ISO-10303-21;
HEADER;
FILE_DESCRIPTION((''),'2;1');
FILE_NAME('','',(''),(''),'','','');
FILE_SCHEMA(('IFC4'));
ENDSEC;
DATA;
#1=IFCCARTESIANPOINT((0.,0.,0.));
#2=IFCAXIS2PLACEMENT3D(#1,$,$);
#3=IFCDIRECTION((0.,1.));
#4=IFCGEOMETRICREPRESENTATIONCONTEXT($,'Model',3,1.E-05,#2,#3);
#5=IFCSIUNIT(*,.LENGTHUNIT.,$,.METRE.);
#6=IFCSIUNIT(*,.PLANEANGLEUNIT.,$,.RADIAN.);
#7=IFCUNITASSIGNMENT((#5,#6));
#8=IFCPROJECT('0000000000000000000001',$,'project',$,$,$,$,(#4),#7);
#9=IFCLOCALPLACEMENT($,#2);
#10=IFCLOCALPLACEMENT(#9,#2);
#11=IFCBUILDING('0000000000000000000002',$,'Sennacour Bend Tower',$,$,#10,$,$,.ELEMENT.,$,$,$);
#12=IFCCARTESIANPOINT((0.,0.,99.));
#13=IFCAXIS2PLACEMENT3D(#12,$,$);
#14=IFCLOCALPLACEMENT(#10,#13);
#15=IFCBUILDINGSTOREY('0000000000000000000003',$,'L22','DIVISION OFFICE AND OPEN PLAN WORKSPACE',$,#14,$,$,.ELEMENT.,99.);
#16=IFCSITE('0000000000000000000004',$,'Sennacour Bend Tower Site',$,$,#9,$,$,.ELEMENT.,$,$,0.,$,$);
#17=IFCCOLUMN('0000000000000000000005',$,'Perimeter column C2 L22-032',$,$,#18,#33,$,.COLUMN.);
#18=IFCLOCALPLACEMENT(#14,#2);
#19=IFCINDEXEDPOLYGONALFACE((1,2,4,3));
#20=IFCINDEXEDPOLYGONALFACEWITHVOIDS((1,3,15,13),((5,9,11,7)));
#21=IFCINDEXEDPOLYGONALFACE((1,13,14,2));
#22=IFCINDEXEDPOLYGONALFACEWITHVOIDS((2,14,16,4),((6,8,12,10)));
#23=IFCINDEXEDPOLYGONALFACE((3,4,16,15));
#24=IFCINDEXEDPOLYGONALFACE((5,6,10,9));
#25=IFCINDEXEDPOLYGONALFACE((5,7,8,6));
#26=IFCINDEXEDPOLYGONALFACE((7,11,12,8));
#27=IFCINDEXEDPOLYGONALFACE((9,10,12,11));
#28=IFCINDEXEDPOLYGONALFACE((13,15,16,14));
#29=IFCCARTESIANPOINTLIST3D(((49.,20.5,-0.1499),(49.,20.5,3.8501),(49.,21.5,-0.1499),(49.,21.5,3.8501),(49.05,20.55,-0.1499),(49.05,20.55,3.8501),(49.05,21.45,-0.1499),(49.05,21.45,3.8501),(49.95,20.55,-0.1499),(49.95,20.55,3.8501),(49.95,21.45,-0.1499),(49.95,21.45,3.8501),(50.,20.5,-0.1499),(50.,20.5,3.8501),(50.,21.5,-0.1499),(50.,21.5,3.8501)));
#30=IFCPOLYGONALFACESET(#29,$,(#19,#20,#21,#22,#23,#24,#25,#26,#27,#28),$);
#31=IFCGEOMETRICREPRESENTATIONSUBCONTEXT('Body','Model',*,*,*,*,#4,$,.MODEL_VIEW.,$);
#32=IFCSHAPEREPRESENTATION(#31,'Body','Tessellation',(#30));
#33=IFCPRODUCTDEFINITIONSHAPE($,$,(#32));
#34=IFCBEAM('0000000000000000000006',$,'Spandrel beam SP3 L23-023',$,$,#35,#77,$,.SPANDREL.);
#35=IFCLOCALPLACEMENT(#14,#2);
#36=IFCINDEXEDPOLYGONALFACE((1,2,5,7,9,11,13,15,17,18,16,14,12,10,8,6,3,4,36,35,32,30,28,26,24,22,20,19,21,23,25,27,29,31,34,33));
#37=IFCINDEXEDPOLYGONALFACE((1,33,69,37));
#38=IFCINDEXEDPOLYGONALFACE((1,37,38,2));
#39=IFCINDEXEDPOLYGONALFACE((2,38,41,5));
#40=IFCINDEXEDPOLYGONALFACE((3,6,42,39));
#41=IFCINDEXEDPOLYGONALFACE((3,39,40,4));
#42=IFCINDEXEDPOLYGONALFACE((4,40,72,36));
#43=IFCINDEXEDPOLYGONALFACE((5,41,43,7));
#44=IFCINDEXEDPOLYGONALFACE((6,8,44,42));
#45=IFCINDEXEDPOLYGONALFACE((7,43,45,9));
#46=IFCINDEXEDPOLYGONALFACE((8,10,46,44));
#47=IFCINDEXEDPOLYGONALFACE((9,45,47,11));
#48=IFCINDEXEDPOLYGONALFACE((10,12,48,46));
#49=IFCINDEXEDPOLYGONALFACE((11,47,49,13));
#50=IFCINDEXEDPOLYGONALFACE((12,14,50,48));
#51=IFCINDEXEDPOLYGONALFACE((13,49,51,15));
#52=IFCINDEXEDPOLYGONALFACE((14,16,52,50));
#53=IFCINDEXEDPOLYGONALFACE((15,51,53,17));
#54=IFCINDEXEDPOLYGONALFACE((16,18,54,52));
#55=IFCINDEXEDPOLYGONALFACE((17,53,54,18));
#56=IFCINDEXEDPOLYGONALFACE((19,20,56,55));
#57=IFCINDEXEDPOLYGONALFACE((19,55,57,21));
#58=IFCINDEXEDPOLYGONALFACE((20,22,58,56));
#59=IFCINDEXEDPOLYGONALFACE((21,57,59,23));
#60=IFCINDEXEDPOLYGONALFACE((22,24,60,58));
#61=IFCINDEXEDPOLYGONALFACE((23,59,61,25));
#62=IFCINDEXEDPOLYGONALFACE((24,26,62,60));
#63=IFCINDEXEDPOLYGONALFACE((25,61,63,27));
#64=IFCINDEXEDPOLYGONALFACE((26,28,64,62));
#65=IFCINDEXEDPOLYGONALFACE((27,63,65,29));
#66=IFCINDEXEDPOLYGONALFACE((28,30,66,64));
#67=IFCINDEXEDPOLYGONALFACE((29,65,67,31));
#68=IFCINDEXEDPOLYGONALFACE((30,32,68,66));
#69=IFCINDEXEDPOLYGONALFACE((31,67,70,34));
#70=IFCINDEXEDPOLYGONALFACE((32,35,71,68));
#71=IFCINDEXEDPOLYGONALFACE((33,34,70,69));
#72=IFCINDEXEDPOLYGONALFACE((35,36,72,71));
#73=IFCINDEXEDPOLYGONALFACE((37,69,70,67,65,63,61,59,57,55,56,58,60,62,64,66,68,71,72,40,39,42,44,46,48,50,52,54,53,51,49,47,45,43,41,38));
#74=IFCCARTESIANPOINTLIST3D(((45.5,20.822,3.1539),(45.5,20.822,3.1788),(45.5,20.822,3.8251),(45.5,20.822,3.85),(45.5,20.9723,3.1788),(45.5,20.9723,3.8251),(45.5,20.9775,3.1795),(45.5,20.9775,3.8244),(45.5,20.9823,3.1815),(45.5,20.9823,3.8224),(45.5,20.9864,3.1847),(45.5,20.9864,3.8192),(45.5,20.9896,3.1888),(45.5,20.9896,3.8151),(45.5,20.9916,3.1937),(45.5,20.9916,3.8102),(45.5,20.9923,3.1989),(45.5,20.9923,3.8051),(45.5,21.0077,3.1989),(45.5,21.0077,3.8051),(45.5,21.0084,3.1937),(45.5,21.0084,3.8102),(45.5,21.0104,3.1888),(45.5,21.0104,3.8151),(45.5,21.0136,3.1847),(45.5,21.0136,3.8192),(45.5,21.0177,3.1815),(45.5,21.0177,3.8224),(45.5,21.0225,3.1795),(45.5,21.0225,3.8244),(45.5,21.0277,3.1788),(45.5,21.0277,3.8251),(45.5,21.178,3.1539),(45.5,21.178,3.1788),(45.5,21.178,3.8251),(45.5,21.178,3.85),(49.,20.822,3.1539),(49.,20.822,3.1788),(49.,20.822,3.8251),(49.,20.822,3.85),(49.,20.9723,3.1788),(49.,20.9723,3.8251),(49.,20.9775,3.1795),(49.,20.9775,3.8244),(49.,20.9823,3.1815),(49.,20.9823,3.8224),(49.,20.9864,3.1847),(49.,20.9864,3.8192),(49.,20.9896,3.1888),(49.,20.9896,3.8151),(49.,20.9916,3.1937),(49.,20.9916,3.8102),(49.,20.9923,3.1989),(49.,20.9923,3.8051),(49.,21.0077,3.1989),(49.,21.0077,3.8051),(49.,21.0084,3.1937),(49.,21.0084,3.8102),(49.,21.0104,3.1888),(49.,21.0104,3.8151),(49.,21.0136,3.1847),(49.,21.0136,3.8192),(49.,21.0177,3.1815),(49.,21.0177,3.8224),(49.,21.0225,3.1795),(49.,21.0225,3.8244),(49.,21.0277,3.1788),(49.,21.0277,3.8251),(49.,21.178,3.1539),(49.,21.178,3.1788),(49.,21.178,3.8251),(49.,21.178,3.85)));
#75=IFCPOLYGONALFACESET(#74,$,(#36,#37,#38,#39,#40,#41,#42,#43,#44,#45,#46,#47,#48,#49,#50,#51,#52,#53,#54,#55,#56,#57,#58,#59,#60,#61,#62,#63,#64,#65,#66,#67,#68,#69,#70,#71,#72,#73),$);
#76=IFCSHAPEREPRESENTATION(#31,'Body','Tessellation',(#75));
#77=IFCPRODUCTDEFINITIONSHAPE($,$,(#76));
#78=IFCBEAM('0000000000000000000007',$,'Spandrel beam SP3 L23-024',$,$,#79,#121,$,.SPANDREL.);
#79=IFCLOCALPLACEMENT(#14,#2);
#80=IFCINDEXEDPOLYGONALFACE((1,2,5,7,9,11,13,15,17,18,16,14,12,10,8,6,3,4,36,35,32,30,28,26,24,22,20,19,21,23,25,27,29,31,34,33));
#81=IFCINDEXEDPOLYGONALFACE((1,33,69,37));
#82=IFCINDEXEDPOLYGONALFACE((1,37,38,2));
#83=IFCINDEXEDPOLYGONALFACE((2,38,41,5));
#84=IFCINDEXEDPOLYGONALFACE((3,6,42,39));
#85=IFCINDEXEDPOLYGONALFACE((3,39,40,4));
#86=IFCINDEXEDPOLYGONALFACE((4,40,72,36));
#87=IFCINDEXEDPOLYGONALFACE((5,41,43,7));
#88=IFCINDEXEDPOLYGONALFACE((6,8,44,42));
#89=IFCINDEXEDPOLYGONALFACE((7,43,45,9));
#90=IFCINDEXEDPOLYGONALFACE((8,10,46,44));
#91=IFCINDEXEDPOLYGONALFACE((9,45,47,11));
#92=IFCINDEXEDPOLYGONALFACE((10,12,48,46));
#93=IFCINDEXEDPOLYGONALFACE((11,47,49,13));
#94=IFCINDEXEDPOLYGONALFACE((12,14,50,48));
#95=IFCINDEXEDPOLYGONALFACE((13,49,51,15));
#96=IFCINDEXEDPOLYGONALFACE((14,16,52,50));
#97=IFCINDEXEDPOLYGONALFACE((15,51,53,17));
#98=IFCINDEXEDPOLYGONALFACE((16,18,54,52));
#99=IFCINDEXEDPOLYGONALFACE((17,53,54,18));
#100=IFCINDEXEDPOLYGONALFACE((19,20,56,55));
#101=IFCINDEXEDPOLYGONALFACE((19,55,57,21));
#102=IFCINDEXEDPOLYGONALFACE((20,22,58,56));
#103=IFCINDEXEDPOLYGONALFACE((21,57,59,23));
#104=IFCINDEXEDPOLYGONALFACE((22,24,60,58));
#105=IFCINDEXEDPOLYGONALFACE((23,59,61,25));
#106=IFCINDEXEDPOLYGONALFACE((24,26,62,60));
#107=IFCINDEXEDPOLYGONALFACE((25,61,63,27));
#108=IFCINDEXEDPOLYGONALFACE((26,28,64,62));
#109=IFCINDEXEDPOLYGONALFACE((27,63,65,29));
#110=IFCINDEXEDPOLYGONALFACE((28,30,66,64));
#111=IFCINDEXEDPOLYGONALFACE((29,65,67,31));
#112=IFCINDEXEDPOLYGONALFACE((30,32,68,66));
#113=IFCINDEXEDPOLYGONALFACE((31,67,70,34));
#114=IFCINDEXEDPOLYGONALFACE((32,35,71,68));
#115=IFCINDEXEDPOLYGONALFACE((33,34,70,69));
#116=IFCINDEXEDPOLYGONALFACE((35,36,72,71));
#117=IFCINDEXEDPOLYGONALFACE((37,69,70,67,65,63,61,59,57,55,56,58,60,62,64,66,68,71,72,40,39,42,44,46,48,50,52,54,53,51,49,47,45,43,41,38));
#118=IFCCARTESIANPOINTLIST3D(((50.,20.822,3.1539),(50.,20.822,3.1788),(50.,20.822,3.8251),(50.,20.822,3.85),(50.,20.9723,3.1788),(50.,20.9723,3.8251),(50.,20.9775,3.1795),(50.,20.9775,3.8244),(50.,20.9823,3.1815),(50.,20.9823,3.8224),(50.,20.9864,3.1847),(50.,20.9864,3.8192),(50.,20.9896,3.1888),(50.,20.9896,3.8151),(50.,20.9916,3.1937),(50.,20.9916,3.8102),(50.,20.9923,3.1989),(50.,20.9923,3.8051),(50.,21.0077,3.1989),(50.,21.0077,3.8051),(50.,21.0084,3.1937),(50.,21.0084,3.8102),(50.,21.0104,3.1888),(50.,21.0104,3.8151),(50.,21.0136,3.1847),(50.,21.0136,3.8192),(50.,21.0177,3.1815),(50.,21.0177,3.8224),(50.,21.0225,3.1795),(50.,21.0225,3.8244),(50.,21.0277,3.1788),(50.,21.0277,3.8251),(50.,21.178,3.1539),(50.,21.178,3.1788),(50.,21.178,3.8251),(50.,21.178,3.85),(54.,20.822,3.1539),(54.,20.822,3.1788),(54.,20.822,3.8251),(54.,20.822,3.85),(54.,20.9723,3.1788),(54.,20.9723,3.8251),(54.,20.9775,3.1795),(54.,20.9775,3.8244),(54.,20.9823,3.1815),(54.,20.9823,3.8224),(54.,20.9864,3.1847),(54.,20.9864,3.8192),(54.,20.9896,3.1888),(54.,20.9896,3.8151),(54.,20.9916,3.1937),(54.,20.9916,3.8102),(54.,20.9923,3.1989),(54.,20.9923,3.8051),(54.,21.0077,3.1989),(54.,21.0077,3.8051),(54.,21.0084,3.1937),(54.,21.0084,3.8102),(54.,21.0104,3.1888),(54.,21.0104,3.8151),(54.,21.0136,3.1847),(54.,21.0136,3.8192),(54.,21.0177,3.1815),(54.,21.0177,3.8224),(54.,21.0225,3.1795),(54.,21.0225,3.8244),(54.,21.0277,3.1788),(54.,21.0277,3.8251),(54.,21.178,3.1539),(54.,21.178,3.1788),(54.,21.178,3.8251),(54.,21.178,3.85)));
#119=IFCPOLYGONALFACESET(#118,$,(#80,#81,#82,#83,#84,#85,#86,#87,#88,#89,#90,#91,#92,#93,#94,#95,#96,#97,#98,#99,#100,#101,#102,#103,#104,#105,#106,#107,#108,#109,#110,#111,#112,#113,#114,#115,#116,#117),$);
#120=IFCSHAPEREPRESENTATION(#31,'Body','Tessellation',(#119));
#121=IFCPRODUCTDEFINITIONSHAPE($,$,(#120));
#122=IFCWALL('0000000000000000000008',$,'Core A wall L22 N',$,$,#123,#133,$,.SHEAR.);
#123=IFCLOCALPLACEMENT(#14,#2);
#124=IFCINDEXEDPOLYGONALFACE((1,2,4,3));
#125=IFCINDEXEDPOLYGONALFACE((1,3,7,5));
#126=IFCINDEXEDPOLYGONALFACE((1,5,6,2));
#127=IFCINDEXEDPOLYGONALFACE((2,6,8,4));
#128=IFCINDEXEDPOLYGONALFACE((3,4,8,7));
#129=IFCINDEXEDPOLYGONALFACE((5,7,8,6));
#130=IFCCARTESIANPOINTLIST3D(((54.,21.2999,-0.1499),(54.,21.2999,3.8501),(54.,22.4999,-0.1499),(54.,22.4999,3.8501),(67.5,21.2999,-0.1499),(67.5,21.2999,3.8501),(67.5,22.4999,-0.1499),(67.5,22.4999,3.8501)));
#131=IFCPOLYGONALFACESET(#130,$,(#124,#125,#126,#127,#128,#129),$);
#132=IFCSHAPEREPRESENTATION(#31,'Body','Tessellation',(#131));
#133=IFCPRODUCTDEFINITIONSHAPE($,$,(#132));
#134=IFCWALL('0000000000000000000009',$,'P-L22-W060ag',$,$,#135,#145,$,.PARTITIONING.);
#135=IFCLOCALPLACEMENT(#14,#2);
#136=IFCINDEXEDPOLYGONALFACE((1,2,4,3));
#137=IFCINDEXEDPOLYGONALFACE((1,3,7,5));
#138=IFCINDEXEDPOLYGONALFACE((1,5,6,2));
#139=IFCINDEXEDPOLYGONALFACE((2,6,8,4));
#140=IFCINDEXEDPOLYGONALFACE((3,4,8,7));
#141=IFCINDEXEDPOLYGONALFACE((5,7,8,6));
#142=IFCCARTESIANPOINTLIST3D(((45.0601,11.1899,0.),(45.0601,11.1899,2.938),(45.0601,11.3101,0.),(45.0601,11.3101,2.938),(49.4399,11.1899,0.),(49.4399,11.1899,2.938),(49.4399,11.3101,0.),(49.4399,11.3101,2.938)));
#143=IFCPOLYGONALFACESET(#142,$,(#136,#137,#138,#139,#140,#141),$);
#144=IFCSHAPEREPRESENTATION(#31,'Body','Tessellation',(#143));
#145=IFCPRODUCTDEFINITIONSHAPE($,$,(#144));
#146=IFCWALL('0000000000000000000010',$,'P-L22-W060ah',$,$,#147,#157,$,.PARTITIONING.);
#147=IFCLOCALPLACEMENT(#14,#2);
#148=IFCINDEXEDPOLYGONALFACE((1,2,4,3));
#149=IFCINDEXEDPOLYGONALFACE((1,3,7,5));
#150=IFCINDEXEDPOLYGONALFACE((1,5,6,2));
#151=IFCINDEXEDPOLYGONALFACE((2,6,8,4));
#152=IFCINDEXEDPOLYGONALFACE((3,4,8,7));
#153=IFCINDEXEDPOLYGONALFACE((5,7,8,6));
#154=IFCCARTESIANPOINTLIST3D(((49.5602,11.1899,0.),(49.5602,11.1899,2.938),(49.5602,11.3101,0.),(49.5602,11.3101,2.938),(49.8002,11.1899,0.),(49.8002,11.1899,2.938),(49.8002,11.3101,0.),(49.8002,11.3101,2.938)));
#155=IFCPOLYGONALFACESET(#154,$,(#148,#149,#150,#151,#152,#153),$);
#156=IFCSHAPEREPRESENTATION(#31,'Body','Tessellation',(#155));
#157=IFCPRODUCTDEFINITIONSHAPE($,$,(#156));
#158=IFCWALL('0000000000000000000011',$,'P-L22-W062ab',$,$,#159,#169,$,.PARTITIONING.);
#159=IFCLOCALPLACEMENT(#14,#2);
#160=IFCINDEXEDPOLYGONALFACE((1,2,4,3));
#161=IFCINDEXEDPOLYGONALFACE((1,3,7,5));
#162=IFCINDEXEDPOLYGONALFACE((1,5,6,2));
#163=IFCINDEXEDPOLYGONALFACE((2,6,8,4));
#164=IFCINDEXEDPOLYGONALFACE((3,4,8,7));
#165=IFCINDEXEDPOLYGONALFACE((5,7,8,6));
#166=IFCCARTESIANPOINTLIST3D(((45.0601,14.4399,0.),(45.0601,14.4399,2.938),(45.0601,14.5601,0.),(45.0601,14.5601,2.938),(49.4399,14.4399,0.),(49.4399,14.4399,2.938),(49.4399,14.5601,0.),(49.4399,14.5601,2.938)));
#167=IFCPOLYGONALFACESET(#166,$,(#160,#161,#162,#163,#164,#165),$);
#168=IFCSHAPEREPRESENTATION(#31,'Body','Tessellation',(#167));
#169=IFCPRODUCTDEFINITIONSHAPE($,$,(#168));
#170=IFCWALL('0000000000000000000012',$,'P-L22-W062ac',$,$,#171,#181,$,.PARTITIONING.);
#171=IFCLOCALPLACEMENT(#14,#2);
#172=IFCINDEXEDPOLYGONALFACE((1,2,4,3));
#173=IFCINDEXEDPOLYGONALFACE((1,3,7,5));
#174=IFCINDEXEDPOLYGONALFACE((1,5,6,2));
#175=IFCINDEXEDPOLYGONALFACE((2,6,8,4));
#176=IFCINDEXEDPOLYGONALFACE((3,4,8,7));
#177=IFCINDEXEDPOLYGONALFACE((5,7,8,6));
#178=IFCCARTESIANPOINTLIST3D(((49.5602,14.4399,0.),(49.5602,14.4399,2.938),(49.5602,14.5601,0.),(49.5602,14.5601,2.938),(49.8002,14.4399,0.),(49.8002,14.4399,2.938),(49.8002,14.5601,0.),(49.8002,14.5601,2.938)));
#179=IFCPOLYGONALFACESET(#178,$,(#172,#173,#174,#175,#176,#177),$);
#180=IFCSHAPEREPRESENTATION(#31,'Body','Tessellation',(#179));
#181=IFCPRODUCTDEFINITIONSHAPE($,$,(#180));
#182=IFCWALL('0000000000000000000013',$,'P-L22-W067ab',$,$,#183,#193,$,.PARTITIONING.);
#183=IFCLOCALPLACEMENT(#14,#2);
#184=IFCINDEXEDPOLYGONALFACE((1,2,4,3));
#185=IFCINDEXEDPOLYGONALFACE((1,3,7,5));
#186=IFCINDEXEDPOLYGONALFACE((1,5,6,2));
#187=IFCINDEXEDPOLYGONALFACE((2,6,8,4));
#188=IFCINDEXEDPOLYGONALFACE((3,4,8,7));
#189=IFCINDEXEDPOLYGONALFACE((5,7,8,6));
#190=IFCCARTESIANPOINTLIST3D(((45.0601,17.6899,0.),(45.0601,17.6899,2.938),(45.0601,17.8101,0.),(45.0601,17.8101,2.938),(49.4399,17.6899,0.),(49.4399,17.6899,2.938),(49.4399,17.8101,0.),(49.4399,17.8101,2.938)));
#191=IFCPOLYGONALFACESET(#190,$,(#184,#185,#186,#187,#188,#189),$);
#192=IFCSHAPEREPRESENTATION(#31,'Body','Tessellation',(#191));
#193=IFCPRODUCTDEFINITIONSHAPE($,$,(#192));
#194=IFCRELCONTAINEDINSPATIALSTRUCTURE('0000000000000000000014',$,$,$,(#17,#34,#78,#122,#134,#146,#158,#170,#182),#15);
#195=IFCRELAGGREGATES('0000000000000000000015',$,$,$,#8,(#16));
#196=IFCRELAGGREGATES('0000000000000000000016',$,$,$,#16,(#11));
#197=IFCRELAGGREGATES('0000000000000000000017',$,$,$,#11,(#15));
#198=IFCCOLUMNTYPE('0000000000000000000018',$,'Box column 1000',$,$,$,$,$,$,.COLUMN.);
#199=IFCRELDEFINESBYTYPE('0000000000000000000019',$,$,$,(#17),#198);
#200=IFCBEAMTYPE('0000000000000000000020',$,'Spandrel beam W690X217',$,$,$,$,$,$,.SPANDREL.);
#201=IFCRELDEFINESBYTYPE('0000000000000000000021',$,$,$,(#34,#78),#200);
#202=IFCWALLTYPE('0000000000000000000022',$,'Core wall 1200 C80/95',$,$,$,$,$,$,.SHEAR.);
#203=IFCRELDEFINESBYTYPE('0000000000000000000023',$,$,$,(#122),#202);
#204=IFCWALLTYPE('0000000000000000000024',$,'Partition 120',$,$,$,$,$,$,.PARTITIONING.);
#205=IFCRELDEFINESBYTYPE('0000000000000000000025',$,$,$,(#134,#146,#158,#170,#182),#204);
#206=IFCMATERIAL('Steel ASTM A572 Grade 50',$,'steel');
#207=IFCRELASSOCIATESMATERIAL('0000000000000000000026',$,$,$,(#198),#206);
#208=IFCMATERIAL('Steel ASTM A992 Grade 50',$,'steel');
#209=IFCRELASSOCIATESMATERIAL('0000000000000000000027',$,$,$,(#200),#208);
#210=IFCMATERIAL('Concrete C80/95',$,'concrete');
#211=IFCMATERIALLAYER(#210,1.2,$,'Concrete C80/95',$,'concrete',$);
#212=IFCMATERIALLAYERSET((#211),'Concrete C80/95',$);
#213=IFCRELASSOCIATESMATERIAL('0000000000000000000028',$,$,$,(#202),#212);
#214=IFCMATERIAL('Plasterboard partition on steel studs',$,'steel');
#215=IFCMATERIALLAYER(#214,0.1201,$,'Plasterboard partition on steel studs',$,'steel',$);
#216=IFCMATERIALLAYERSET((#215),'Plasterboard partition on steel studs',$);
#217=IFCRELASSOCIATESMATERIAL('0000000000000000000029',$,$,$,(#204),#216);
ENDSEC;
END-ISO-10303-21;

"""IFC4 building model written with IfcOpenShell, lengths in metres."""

from ifc_helpers import new_model, si_unit, direction, frame, frame_2d, origin, origin_2d, place, context, subcontext, project, spatial, rectangle, hollow_rectangle, i_section, extrude, material, layer, layer_set, material_profile, profile_set, type_object, element, save


model = new_model("IFC4")

# Units and contexts
model_context = context("Model", 3, precision=1e-05, world=origin(), true_north=direction((0.0, 1.0)))
body_context = subcontext(model_context, "Body", "Model", "MODEL_VIEW")
ifc_project = project(units=[si_unit("LENGTHUNIT", "METRE"), si_unit("PLANEANGLEUNIT", "RADIAN")], contexts=[model_context])

# Site, building, storey
site_placement = place(None, origin())
site = spatial("IfcSite", under=ifc_project, at=site_placement, Name="Sennacour Bend Tower Site", CompositionType="ELEMENT", RefElevation=0.0)
building_placement = place(site_placement, origin())
building = spatial("IfcBuilding", under=site, at=building_placement, Name="Sennacour Bend Tower", CompositionType="ELEMENT")
storey_placement = place(building_placement, frame((0.0, 0.0, 99.0)))
storey = spatial("IfcBuildingStorey", under=building, at=storey_placement, Name="L22", Description="DIVISION OFFICE AND OPEN PLAN WORKSPACE", CompositionType="ELEMENT", Elevation=99.0)

# Column
ifc_material_1 = material(Name="Steel ASTM A572 Grade 50", Category="steel")
ifc_material_profile_1 = material_profile(ifc_material_1, hollow_rectangle(XDim=1.0, YDim=1.0, WallThickness=0.05, at=origin_2d()), Name="Steel ASTM A572 Grade 50", Category="steel")
ifc_profile_set_1 = profile_set([ifc_material_profile_1], Name="Steel ASTM A572 Grade 50")
column_type = type_object("IfcColumnType", Name="Box column 1000", PredefinedType="COLUMN", material=ifc_profile_set_1)
column_placement = place(storey_placement, frame((49.5, 21.0, -0.1499), z_axis=(0.0, 0.0, 1.0), x_axis=(1.0, 0.0, 0.0)))
element("IfcColumn", 1, at=column_placement, inside=storey, type_object=column_type, Name="Perimeter column C2 L22-032", PredefinedType="COLUMN", context=body_context, shape_type="SweptSolid", body=[
    extrude(hollow_rectangle(XDim=1.0, YDim=1.0, WallThickness=0.05, at=origin_2d()), origin(), (0.0, 0.0, 1.0), 4.0),
])

# Beams
ifc_material_2 = material(Name="Steel ASTM A992 Grade 50", Category="steel")
ifc_material_profile_2 = material_profile(ifc_material_2, i_section(OverallWidth=0.356, OverallDepth=0.696, WebThickness=0.0154, FlangeThickness=0.0249, FilletRadius=0.02, at=origin_2d()), Name="Steel ASTM A992 Grade 50", Category="steel")
ifc_profile_set_2 = profile_set([ifc_material_profile_2], Name="Steel ASTM A992 Grade 50")
beam_type = type_object("IfcBeamType", Name="Spandrel beam W690X217", PredefinedType="SPANDREL", material=ifc_profile_set_2)
beam_1_placement = place(storey_placement, frame((45.5, 21.0, 3.502), z_axis=(1.0, 0.0, 0.0), x_axis=(0.0, 1.0, 0.0)))
element("IfcBeam", 2, at=beam_1_placement, inside=storey, type_object=beam_type, Name="Spandrel beam SP3 L23-023", PredefinedType="SPANDREL", context=body_context, shape_type="SweptSolid", body=[
    extrude(i_section(OverallWidth=0.356, OverallDepth=0.696, WebThickness=0.0154, FlangeThickness=0.0249, FilletRadius=0.02, at=origin_2d()), origin(), (0.0, 0.0, 1.0), 3.5),
])
beam_2_placement = place(storey_placement, frame((50.0, 21.0, 3.502), z_axis=(1.0, 0.0, 0.0), x_axis=(0.0, 1.0, 0.0)))
element("IfcBeam", 3, at=beam_2_placement, inside=storey, type_object=beam_type, Name="Spandrel beam SP3 L23-024", PredefinedType="SPANDREL", context=body_context, shape_type="SweptSolid", body=[
    extrude(i_section(OverallWidth=0.356, OverallDepth=0.696, WebThickness=0.0154, FlangeThickness=0.0249, FilletRadius=0.02, at=origin_2d()), origin(), (0.0, 0.0, 1.0), 4.0),
])

# Walls
ifc_material_3 = material(Name="Concrete C80/95", Category="concrete")
ifc_layer_1 = layer(ifc_material_3, 1.2, Name="Concrete C80/95", Category="concrete")
ifc_layer_set_1 = layer_set([ifc_layer_1], Name="Concrete C80/95")
wall_type_1 = type_object("IfcWallType", Name="Core wall 1200 C80/95", PredefinedType="SHEAR", material=ifc_layer_set_1)
wall_1_placement = place(storey_placement, frame((54.0, 21.8999, -0.1499), z_axis=(0.0, 0.0, 1.0), x_axis=(1.0, 0.0, 0.0)))
element("IfcWall", 4, at=wall_1_placement, inside=storey, type_object=wall_type_1, Name="Core A wall L22 N", PredefinedType="SHEAR", context=body_context, shape_type="SweptSolid", body=[
    extrude(rectangle(XDim=13.5, YDim=1.2, at=frame_2d((6.75, 0.0))), origin(), (0.0, 0.0, 1.0), 4.0),
])
ifc_material_4 = material(Name="Plasterboard partition on steel studs", Category="steel")
ifc_layer_2 = layer(ifc_material_4, 0.1201, Name="Plasterboard partition on steel studs", Category="steel")
ifc_layer_set_2 = layer_set([ifc_layer_2], Name="Plasterboard partition on steel studs")
wall_type_2 = type_object("IfcWallType", Name="Partition 120", PredefinedType="PARTITIONING", material=ifc_layer_set_2)
wall_2_placement = place(storey_placement, frame((45.0601, 11.25, 0.0), z_axis=(0.0, 0.0, 1.0), x_axis=(1.0, 0.0, 0.0)))
element("IfcWall", 5, at=wall_2_placement, inside=storey, type_object=wall_type_2, Name="P-L22-W060ag", PredefinedType="PARTITIONING", context=body_context, shape_type="SweptSolid", body=[
    extrude(rectangle(XDim=4.3799, YDim=0.1201, at=frame_2d((2.1899, 0.0))), origin(), (0.0, 0.0, 1.0), 2.938),
])
wall_3_placement = place(storey_placement, frame((49.5601, 11.25, 0.0), z_axis=(0.0, 0.0, 1.0), x_axis=(1.0, 0.0, 0.0)))
element("IfcWall", 6, at=wall_3_placement, inside=storey, type_object=wall_type_2, Name="P-L22-W060ah", PredefinedType="PARTITIONING", context=body_context, shape_type="SweptSolid", body=[
    extrude(rectangle(XDim=0.24, YDim=0.1201, at=frame_2d((0.1201, 0.0))), origin(), (0.0, 0.0, 1.0), 2.938),
])
wall_4_placement = place(storey_placement, frame((45.0601, 14.5, 0.0), z_axis=(0.0, 0.0, 1.0), x_axis=(1.0, 0.0, 0.0)))
element("IfcWall", 7, at=wall_4_placement, inside=storey, type_object=wall_type_2, Name="P-L22-W062ab", PredefinedType="PARTITIONING", context=body_context, shape_type="SweptSolid", body=[
    extrude(rectangle(XDim=4.3799, YDim=0.1201, at=frame_2d((2.1899, 0.0))), origin(), (0.0, 0.0, 1.0), 2.938),
])
wall_5_placement = place(storey_placement, frame((49.5601, 14.5, 0.0), z_axis=(0.0, 0.0, 1.0), x_axis=(1.0, 0.0, 0.0)))
element("IfcWall", 8, at=wall_5_placement, inside=storey, type_object=wall_type_2, Name="P-L22-W062ac", PredefinedType="PARTITIONING", context=body_context, shape_type="SweptSolid", body=[
    extrude(rectangle(XDim=0.24, YDim=0.1201, at=frame_2d((0.1201, 0.0))), origin(), (0.0, 0.0, 1.0), 2.938),
])
wall_6_placement = place(storey_placement, frame((45.0601, 17.75, 0.0), z_axis=(0.0, 0.0, 1.0), x_axis=(1.0, 0.0, 0.0)))
element("IfcWall", 9, at=wall_6_placement, inside=storey, type_object=wall_type_2, Name="P-L22-W067ab", PredefinedType="PARTITIONING", context=body_context, shape_type="SweptSolid", body=[
    extrude(rectangle(XDim=4.3799, YDim=0.1201, at=frame_2d((2.1899, 0.0))), origin(), (0.0, 0.0, 1.0), 2.938),
])

save(model, "model.ifc")
